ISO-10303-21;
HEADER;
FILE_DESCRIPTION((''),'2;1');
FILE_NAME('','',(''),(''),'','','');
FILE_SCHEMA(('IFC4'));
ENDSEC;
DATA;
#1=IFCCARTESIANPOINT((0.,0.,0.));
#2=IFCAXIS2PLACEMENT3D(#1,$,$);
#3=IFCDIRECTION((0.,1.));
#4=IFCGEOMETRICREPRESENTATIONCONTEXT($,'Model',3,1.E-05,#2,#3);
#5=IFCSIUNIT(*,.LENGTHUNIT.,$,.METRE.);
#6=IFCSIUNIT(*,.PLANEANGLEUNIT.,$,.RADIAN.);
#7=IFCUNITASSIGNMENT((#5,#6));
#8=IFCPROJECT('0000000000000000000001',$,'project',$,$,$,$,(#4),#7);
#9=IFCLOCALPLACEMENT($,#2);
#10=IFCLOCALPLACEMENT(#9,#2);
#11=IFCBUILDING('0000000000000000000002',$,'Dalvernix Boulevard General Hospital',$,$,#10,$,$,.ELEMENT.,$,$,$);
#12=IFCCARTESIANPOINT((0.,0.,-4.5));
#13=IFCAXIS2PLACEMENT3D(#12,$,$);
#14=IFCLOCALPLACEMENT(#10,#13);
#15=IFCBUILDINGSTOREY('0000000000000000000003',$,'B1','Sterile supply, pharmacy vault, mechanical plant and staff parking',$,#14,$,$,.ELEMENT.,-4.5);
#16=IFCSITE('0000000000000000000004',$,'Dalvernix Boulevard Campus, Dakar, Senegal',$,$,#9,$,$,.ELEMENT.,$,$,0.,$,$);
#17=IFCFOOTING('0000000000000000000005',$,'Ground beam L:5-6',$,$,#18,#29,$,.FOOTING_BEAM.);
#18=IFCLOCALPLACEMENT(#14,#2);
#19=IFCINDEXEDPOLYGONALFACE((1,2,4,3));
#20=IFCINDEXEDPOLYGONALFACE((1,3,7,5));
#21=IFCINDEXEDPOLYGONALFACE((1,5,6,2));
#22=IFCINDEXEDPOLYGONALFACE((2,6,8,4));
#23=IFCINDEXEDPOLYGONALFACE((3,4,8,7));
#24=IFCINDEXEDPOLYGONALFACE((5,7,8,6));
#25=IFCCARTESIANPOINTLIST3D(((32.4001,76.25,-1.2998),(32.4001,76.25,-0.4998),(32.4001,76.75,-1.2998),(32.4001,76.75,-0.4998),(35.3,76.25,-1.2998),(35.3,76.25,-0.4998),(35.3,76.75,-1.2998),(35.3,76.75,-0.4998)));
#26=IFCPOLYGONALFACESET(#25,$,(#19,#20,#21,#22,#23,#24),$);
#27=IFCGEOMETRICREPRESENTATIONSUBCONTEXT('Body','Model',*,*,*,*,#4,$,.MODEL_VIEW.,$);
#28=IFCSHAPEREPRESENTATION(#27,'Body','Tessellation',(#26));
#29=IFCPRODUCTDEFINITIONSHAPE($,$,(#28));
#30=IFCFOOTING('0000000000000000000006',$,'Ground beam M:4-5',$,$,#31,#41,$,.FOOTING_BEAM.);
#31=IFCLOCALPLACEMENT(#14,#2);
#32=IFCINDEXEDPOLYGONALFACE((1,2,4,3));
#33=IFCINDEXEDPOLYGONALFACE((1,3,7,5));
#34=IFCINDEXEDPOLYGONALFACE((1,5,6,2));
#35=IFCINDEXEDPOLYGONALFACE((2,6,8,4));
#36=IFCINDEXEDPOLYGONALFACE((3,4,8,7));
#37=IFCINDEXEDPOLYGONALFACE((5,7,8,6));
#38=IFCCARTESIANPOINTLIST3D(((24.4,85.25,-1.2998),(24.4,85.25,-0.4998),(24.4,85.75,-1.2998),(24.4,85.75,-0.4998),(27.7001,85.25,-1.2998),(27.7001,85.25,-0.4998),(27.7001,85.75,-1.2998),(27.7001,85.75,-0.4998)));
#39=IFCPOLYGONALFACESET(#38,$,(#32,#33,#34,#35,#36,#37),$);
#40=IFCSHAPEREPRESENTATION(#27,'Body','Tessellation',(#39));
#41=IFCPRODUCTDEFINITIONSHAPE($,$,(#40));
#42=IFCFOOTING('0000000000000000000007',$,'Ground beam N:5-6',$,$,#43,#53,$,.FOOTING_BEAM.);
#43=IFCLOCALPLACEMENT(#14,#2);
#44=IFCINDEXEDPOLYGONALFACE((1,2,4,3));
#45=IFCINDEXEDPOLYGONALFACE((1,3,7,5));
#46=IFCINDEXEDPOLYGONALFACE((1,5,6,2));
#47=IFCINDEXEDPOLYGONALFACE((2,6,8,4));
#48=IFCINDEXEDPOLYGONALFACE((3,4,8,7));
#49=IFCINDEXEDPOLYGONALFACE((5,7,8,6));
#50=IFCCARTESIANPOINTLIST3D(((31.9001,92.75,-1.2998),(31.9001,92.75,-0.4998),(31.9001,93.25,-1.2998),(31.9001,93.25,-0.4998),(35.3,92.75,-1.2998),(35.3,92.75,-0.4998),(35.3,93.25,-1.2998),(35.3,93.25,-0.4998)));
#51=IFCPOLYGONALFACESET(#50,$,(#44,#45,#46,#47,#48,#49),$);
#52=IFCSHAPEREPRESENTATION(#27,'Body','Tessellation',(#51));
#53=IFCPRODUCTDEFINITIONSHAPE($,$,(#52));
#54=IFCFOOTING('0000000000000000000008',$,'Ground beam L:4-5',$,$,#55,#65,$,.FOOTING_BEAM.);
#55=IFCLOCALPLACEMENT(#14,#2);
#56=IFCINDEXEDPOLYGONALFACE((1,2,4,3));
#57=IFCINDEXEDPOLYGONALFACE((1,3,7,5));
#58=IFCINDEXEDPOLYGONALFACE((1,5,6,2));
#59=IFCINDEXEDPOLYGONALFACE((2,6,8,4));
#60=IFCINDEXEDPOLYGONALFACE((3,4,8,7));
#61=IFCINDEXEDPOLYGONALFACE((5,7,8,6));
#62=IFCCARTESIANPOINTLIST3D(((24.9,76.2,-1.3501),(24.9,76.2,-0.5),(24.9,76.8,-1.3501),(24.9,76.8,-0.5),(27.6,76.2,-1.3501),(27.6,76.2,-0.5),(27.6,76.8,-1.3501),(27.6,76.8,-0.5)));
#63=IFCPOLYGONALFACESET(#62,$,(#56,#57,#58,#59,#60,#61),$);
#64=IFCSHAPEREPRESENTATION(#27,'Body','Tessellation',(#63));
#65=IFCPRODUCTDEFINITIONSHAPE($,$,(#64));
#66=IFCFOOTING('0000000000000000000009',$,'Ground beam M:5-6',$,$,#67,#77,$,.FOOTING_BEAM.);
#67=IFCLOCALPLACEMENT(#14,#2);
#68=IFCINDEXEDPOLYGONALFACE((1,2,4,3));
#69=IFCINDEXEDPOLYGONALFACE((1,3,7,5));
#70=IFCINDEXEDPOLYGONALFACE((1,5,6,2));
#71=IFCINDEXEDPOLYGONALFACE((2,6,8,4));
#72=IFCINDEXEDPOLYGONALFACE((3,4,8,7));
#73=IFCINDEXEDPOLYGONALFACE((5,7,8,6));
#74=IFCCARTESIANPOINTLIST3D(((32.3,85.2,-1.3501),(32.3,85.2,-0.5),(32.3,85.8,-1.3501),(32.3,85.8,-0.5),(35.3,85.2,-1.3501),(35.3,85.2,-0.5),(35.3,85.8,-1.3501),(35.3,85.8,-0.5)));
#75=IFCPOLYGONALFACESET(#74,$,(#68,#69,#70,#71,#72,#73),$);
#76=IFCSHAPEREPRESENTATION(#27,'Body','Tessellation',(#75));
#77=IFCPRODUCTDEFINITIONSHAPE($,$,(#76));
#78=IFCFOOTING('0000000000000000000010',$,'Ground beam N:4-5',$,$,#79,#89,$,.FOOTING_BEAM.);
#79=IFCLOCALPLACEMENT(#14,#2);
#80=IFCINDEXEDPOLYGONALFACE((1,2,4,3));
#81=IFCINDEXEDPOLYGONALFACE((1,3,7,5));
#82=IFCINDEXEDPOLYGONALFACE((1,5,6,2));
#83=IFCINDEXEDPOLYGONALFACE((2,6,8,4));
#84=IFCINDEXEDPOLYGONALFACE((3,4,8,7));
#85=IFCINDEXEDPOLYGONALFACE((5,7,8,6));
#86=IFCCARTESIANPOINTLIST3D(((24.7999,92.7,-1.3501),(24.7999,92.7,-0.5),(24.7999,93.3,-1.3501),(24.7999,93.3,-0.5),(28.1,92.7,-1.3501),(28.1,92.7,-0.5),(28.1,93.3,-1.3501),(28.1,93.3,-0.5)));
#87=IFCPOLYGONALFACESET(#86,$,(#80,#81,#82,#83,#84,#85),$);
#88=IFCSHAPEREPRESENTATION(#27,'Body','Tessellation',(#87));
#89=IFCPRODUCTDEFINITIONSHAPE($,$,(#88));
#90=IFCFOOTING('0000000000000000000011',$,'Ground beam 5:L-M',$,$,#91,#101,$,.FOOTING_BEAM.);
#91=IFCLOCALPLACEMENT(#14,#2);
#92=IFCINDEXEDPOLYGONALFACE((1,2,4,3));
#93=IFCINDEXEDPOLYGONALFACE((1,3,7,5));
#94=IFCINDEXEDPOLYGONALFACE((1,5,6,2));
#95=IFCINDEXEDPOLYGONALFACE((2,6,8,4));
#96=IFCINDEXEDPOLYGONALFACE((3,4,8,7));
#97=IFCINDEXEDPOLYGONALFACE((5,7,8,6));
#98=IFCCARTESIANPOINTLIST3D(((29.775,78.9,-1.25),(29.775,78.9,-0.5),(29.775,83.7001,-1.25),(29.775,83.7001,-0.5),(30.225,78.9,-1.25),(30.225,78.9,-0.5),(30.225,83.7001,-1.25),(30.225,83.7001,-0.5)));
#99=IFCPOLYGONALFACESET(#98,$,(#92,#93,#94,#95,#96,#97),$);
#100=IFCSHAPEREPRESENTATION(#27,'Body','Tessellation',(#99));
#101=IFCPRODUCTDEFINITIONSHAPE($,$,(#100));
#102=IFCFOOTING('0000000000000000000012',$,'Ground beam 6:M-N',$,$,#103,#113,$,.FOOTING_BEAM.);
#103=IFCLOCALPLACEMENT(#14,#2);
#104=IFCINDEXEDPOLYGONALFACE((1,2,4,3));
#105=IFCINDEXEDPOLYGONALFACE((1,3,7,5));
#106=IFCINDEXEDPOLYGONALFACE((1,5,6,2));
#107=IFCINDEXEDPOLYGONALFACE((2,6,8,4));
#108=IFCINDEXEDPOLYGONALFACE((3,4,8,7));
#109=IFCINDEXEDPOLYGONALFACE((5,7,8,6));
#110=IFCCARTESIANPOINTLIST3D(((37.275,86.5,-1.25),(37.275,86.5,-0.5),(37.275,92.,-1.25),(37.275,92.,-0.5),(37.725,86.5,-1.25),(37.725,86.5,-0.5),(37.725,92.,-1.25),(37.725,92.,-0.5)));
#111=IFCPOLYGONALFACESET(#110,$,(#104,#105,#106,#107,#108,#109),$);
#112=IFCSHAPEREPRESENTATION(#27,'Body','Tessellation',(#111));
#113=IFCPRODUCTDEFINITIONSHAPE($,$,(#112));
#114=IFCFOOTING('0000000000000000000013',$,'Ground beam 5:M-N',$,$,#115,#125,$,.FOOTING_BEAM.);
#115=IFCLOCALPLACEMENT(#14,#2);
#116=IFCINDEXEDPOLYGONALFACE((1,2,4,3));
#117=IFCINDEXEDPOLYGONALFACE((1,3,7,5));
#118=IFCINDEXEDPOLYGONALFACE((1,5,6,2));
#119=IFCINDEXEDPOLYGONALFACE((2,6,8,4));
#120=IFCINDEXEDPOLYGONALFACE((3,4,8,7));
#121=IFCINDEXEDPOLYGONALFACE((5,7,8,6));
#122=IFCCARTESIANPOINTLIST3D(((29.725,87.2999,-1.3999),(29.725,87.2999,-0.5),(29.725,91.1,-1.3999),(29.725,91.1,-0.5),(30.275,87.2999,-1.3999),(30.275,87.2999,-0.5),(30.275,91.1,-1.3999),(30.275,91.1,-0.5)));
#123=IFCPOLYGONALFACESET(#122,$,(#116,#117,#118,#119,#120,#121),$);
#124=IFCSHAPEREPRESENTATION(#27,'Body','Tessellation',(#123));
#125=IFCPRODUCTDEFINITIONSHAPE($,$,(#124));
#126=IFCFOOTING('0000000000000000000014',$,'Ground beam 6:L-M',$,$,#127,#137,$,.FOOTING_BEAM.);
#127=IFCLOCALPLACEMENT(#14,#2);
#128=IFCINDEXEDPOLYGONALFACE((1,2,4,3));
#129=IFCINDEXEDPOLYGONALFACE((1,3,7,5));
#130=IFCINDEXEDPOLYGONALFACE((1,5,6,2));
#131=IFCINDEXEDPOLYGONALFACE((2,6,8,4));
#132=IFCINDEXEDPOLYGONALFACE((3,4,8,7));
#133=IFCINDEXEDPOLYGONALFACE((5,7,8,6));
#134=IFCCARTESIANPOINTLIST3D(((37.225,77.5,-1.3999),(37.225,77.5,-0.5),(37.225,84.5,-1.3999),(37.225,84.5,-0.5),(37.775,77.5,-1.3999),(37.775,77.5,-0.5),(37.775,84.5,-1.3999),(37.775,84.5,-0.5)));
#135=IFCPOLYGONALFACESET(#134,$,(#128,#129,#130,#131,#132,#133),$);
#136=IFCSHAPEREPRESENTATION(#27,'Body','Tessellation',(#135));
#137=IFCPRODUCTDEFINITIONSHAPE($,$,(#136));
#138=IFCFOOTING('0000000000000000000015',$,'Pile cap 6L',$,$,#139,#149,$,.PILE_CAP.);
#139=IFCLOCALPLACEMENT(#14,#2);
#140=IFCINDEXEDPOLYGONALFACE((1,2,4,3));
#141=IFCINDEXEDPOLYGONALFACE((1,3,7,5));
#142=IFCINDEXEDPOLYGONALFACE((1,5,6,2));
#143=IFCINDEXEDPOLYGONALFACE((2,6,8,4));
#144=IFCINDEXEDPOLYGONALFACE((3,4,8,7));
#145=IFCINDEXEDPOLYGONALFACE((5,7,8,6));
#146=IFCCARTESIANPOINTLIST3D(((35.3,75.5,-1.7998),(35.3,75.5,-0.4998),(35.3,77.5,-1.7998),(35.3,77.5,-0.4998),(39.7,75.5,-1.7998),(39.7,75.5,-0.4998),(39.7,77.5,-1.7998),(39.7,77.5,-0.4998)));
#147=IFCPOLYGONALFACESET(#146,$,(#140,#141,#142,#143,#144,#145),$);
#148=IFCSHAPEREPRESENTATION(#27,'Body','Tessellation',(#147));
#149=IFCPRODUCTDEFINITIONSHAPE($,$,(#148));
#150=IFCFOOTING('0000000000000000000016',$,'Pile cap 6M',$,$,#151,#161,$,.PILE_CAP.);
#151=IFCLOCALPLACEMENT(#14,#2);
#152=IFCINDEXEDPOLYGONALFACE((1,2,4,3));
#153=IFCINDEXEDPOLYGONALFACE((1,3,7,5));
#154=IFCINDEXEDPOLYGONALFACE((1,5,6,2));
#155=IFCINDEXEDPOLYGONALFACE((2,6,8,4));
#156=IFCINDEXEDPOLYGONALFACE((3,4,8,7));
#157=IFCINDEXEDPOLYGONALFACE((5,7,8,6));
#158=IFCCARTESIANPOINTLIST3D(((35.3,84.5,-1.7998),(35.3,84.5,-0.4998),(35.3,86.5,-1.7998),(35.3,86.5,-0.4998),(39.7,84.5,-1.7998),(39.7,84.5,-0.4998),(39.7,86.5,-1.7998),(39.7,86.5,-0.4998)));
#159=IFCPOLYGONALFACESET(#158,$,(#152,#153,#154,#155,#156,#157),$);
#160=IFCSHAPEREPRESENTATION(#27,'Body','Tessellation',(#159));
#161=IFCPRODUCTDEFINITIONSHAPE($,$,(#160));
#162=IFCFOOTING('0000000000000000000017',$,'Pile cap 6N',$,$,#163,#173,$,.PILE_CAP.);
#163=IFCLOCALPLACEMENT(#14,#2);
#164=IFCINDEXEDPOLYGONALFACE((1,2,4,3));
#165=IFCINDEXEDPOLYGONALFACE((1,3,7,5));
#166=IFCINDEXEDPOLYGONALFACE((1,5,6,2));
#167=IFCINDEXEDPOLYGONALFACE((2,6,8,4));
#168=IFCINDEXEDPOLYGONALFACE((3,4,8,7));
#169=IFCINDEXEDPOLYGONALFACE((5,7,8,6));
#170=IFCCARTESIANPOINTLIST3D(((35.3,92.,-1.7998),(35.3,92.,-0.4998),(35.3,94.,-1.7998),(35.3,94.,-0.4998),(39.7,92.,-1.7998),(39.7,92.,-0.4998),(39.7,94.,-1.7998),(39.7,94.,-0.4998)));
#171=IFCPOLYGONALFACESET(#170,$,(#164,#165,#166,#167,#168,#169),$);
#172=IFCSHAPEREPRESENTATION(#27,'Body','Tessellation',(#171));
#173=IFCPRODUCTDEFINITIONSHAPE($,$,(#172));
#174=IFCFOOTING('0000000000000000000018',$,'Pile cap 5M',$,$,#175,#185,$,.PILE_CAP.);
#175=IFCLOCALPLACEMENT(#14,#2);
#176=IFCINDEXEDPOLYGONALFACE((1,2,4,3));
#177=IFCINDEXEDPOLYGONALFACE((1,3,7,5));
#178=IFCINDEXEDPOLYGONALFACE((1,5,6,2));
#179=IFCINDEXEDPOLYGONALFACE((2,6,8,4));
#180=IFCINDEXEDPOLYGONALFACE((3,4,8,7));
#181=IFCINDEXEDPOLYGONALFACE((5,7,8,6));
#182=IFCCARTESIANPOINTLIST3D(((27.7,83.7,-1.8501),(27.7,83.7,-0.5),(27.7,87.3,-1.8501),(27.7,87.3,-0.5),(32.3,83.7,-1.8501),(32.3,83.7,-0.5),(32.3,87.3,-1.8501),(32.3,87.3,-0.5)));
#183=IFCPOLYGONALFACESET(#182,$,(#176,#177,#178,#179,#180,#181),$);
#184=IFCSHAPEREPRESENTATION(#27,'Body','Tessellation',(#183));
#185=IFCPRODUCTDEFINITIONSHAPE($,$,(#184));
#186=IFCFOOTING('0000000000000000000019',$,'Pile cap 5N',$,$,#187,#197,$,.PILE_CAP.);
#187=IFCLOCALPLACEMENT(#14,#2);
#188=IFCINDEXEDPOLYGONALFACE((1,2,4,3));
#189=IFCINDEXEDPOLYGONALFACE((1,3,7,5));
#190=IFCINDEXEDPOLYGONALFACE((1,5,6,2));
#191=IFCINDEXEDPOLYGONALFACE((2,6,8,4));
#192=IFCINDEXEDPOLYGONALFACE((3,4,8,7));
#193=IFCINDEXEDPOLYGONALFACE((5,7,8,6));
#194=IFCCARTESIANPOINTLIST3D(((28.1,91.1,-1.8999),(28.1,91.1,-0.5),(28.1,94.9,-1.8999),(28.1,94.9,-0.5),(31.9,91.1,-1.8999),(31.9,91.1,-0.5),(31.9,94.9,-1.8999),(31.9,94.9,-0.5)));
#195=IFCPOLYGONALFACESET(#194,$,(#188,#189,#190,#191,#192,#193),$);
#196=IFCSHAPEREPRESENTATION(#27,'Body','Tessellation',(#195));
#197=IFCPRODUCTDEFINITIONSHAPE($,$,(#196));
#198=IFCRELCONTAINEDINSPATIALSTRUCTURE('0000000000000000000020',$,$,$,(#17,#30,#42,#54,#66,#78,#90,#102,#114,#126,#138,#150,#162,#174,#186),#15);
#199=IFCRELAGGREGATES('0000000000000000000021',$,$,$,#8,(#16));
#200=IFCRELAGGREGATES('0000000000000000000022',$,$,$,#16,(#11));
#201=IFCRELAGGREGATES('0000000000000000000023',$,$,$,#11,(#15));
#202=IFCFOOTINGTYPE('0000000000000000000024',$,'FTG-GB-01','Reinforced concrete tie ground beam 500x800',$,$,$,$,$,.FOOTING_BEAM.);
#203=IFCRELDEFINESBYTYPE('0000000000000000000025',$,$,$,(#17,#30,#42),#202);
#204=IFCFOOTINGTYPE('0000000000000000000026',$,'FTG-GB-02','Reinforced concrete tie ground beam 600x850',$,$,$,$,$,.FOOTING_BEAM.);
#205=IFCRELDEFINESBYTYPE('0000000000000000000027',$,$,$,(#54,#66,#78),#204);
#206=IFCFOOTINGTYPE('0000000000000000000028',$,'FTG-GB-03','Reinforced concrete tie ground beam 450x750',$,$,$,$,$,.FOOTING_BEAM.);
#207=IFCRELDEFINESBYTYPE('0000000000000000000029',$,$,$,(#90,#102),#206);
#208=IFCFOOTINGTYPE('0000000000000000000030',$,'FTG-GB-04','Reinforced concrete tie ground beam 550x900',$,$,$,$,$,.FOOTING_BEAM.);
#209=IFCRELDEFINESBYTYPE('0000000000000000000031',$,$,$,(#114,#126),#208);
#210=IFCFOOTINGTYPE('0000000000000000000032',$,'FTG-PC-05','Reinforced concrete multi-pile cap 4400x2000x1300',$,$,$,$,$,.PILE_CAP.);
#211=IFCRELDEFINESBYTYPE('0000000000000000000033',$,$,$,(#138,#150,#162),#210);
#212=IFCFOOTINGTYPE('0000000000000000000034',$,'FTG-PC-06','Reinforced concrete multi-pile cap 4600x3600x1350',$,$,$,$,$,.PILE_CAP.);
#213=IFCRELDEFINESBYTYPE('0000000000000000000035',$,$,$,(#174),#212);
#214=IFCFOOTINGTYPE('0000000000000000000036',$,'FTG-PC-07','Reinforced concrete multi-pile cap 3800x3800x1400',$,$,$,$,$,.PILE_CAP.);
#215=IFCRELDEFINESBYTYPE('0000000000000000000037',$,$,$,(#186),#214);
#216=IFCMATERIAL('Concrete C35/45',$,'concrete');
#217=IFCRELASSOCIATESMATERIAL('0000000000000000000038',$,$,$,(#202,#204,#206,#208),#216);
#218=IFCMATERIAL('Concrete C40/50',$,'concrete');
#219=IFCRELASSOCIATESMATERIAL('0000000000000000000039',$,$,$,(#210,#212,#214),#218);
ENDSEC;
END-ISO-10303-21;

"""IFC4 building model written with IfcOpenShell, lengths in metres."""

from ifc_helpers import new_model, si_unit, direction, frame, origin, origin_2d, place, context, subcontext, project, spatial, rectangle, extrude, material, type_object, element, save


model = new_model("IFC4")

# Units and contexts
model_context = context("Model", 3, precision=1e-05, world=origin(), true_north=direction((0.0, 1.0)))
body_context = subcontext(model_context, "Body", "Model", "MODEL_VIEW")
ifc_project = project(units=[si_unit("LENGTHUNIT", "METRE"), si_unit("PLANEANGLEUNIT", "RADIAN")], contexts=[model_context])

# Site, building, storey
site_placement = place(None, origin())
site = spatial("IfcSite", under=ifc_project, at=site_placement, Name="Dalvernix Boulevard Campus, Dakar, Senegal", CompositionType="ELEMENT", RefElevation=0.0)
building_placement = place(site_placement, origin())
building = spatial("IfcBuilding", under=site, at=building_placement, Name="Dalvernix Boulevard General Hospital", CompositionType="ELEMENT")
storey_placement = place(building_placement, frame((0.0, 0.0, -4.5)))
storey = spatial("IfcBuildingStorey", under=building, at=storey_placement, Name="B1", Description="Sterile supply, pharmacy vault, mechanical plant and staff parking", CompositionType="ELEMENT", Elevation=-4.5)

# Footings
ifc_material_1 = material(Name="Concrete C35/45", Category="concrete")
footing_type_1 = type_object("IfcFootingType", Name="FTG-GB-01", Description="Reinforced concrete tie ground beam 500x800", PredefinedType="FOOTING_BEAM", material=ifc_material_1)
footing_1_placement = place(storey_placement, frame((33.8501, 76.5, -1.2998), z_axis=(0.0, 0.0, 1.0), x_axis=(1.0, 0.0, 0.0)))
element("IfcFooting", 1, at=footing_1_placement, inside=storey, type_object=footing_type_1, Name="Ground beam L:5-6", PredefinedType="FOOTING_BEAM", context=body_context, shape_type="SweptSolid", body=[
    extrude(rectangle(XDim=2.8999, YDim=0.5, at=origin_2d()), origin(), (0.0, 0.0, 1.0), 0.8),
])
footing_2_placement = place(storey_placement, frame((26.05, 85.5, -1.2998), z_axis=(0.0, 0.0, 1.0), x_axis=(1.0, 0.0, 0.0)))
element("IfcFooting", 2, at=footing_2_placement, inside=storey, type_object=footing_type_1, Name="Ground beam M:4-5", PredefinedType="FOOTING_BEAM", context=body_context, shape_type="SweptSolid", body=[
    extrude(rectangle(XDim=3.3, YDim=0.5, at=origin_2d()), origin(), (0.0, 0.0, 1.0), 0.8),
])
footing_3_placement = place(storey_placement, frame((33.6001, 93.0, -1.2998), z_axis=(0.0, 0.0, 1.0), x_axis=(1.0, 0.0, 0.0)))
element("IfcFooting", 3, at=footing_3_placement, inside=storey, type_object=footing_type_1, Name="Ground beam N:5-6", PredefinedType="FOOTING_BEAM", context=body_context, shape_type="SweptSolid", body=[
    extrude(rectangle(XDim=3.3999, YDim=0.5, at=origin_2d()), origin(), (0.0, 0.0, 1.0), 0.8),
])
footing_type_2 = type_object("IfcFootingType", Name="FTG-GB-02", Description="Reinforced concrete tie ground beam 600x850", PredefinedType="FOOTING_BEAM", material=ifc_material_1)
footing_4_placement = place(storey_placement, frame((26.25, 76.5, -1.3501), z_axis=(0.0, 0.0, 1.0), x_axis=(1.0, 0.0, 0.0)))
element("IfcFooting", 4, at=footing_4_placement, inside=storey, type_object=footing_type_2, Name="Ground beam L:4-5", PredefinedType="FOOTING_BEAM", context=body_context, shape_type="SweptSolid", body=[
    extrude(rectangle(XDim=2.7, YDim=0.6001, at=origin_2d()), origin(), (0.0, 0.0, 1.0), 0.8501),
])
footing_5_placement = place(storey_placement, frame((33.8, 85.5, -1.3501), z_axis=(0.0, 0.0, 1.0), x_axis=(1.0, 0.0, 0.0)))
element("IfcFooting", 5, at=footing_5_placement, inside=storey, type_object=footing_type_2, Name="Ground beam M:5-6", PredefinedType="FOOTING_BEAM", context=body_context, shape_type="SweptSolid", body=[
    extrude(rectangle(XDim=3.0, YDim=0.6001, at=origin_2d()), origin(), (0.0, 0.0, 1.0), 0.8501),
])
footing_6_placement = place(storey_placement, frame((26.45, 93.0, -1.3501), z_axis=(0.0, 0.0, 1.0), x_axis=(1.0, 0.0, 0.0)))
element("IfcFooting", 6, at=footing_6_placement, inside=storey, type_object=footing_type_2, Name="Ground beam N:4-5", PredefinedType="FOOTING_BEAM", context=body_context, shape_type="SweptSolid", body=[
    extrude(rectangle(XDim=3.3, YDim=0.6001, at=origin_2d()), origin(), (0.0, 0.0, 1.0), 0.8501),
])
footing_type_3 = type_object("IfcFootingType", Name="FTG-GB-03", Description="Reinforced concrete tie ground beam 450x750", PredefinedType="FOOTING_BEAM", material=ifc_material_1)
footing_7_placement = place(storey_placement, frame((30.0, 81.3, -1.25), z_axis=(0.0, 0.0, 1.0), x_axis=(0.0, 1.0, 0.0)))
element("IfcFooting", 7, at=footing_7_placement, inside=storey, type_object=footing_type_3, Name="Ground beam 5:L-M", PredefinedType="FOOTING_BEAM", context=body_context, shape_type="SweptSolid", body=[
    extrude(rectangle(XDim=4.8, YDim=0.45, at=origin_2d()), origin(), (0.0, 0.0, 1.0), 0.75),
])
footing_8_placement = place(storey_placement, frame((37.5, 89.25, -1.25), z_axis=(0.0, 0.0, 1.0), x_axis=(0.0, 1.0, 0.0)))
element("IfcFooting", 8, at=footing_8_placement, inside=storey, type_object=footing_type_3, Name="Ground beam 6:M-N", PredefinedType="FOOTING_BEAM", context=body_context, shape_type="SweptSolid", body=[
    extrude(rectangle(XDim=5.5, YDim=0.45, at=origin_2d()), origin(), (0.0, 0.0, 1.0), 0.75),
])
footing_type_4 = type_object("IfcFootingType", Name="FTG-GB-04", Description="Reinforced concrete tie ground beam 550x900", PredefinedType="FOOTING_BEAM", material=ifc_material_1)
footing_9_placement = place(storey_placement, frame((30.0, 89.2, -1.3999), z_axis=(0.0, 0.0, 1.0), x_axis=(0.0, 1.0, 0.0)))
element("IfcFooting", 9, at=footing_9_placement, inside=storey, type_object=footing_type_4, Name="Ground beam 5:M-N", PredefinedType="FOOTING_BEAM", context=body_context, shape_type="SweptSolid", body=[
    extrude(rectangle(XDim=3.8, YDim=0.55, at=origin_2d()), origin(), (0.0, 0.0, 1.0), 0.8999),
])
footing_10_placement = place(storey_placement, frame((37.5, 81.0, -1.3999), z_axis=(0.0, 0.0, 1.0), x_axis=(0.0, 1.0, 0.0)))
element("IfcFooting", 10, at=footing_10_placement, inside=storey, type_object=footing_type_4, Name="Ground beam 6:L-M", PredefinedType="FOOTING_BEAM", context=body_context, shape_type="SweptSolid", body=[
    extrude(rectangle(XDim=7.0, YDim=0.55, at=origin_2d()), origin(), (0.0, 0.0, 1.0), 0.8999),
])
ifc_material_2 = material(Name="Concrete C40/50", Category="concrete")
footing_type_5 = type_object("IfcFootingType", Name="FTG-PC-05", Description="Reinforced concrete multi-pile cap 4400x2000x1300", PredefinedType="PILE_CAP", material=ifc_material_2)
for number, where, z_axis, x_axis, name in (
    (11, (37.5, 76.5, -1.7998), (0.0, 0.0, 1.0), (1.0, 0.0, 0.0), "Pile cap 6L"),
    (12, (37.5, 85.5, -1.7998), (0.0, 0.0, 1.0), (1.0, 0.0, 0.0), "Pile cap 6M"),
    (13, (37.5, 93.0, -1.7998), (0.0, 0.0, 1.0), (1.0, 0.0, 0.0), "Pile cap 6N"),
):
    element("IfcFooting", number, at=place(storey_placement, frame(where, z_axis=z_axis, x_axis=x_axis)), inside=storey, type_object=footing_type_5, Name=name, PredefinedType="PILE_CAP", context=body_context, shape_type="SweptSolid", body=[
        extrude(rectangle(XDim=4.3999, YDim=2.0, at=origin_2d()), origin(), (0.0, 0.0, 1.0), 1.3),
    ])
footing_type_6 = type_object("IfcFootingType", Name="FTG-PC-06", Description="Reinforced concrete multi-pile cap 4600x3600x1350", PredefinedType="PILE_CAP", material=ifc_material_2)
footing_11_placement = place(storey_placement, frame((30.0, 85.5, -1.8501), z_axis=(0.0, 0.0, 1.0), x_axis=(1.0, 0.0, 0.0)))
element("IfcFooting", 14, at=footing_11_placement, inside=storey, type_object=footing_type_6, Name="Pile cap 5M", PredefinedType="PILE_CAP", context=body_context, shape_type="SweptSolid", body=[
    extrude(rectangle(XDim=4.6001, YDim=3.6001, at=origin_2d()), origin(), (0.0, 0.0, 1.0), 1.3501),
])
footing_type_7 = type_object("IfcFootingType", Name="FTG-PC-07", Description="Reinforced concrete multi-pile cap 3800x3800x1400", PredefinedType="PILE_CAP", material=ifc_material_2)
footing_12_placement = place(storey_placement, frame((30.0, 93.0, -1.8999), z_axis=(0.0, 0.0, 1.0), x_axis=(1.0, 0.0, 0.0)))
element("IfcFooting", 15, at=footing_12_placement, inside=storey, type_object=footing_type_7, Name="Pile cap 5N", PredefinedType="PILE_CAP", context=body_context, shape_type="SweptSolid", body=[
    extrude(rectangle(XDim=3.8, YDim=3.8, at=origin_2d()), origin(), (0.0, 0.0, 1.0), 1.3999),
])

save(model, "model.ifc")
